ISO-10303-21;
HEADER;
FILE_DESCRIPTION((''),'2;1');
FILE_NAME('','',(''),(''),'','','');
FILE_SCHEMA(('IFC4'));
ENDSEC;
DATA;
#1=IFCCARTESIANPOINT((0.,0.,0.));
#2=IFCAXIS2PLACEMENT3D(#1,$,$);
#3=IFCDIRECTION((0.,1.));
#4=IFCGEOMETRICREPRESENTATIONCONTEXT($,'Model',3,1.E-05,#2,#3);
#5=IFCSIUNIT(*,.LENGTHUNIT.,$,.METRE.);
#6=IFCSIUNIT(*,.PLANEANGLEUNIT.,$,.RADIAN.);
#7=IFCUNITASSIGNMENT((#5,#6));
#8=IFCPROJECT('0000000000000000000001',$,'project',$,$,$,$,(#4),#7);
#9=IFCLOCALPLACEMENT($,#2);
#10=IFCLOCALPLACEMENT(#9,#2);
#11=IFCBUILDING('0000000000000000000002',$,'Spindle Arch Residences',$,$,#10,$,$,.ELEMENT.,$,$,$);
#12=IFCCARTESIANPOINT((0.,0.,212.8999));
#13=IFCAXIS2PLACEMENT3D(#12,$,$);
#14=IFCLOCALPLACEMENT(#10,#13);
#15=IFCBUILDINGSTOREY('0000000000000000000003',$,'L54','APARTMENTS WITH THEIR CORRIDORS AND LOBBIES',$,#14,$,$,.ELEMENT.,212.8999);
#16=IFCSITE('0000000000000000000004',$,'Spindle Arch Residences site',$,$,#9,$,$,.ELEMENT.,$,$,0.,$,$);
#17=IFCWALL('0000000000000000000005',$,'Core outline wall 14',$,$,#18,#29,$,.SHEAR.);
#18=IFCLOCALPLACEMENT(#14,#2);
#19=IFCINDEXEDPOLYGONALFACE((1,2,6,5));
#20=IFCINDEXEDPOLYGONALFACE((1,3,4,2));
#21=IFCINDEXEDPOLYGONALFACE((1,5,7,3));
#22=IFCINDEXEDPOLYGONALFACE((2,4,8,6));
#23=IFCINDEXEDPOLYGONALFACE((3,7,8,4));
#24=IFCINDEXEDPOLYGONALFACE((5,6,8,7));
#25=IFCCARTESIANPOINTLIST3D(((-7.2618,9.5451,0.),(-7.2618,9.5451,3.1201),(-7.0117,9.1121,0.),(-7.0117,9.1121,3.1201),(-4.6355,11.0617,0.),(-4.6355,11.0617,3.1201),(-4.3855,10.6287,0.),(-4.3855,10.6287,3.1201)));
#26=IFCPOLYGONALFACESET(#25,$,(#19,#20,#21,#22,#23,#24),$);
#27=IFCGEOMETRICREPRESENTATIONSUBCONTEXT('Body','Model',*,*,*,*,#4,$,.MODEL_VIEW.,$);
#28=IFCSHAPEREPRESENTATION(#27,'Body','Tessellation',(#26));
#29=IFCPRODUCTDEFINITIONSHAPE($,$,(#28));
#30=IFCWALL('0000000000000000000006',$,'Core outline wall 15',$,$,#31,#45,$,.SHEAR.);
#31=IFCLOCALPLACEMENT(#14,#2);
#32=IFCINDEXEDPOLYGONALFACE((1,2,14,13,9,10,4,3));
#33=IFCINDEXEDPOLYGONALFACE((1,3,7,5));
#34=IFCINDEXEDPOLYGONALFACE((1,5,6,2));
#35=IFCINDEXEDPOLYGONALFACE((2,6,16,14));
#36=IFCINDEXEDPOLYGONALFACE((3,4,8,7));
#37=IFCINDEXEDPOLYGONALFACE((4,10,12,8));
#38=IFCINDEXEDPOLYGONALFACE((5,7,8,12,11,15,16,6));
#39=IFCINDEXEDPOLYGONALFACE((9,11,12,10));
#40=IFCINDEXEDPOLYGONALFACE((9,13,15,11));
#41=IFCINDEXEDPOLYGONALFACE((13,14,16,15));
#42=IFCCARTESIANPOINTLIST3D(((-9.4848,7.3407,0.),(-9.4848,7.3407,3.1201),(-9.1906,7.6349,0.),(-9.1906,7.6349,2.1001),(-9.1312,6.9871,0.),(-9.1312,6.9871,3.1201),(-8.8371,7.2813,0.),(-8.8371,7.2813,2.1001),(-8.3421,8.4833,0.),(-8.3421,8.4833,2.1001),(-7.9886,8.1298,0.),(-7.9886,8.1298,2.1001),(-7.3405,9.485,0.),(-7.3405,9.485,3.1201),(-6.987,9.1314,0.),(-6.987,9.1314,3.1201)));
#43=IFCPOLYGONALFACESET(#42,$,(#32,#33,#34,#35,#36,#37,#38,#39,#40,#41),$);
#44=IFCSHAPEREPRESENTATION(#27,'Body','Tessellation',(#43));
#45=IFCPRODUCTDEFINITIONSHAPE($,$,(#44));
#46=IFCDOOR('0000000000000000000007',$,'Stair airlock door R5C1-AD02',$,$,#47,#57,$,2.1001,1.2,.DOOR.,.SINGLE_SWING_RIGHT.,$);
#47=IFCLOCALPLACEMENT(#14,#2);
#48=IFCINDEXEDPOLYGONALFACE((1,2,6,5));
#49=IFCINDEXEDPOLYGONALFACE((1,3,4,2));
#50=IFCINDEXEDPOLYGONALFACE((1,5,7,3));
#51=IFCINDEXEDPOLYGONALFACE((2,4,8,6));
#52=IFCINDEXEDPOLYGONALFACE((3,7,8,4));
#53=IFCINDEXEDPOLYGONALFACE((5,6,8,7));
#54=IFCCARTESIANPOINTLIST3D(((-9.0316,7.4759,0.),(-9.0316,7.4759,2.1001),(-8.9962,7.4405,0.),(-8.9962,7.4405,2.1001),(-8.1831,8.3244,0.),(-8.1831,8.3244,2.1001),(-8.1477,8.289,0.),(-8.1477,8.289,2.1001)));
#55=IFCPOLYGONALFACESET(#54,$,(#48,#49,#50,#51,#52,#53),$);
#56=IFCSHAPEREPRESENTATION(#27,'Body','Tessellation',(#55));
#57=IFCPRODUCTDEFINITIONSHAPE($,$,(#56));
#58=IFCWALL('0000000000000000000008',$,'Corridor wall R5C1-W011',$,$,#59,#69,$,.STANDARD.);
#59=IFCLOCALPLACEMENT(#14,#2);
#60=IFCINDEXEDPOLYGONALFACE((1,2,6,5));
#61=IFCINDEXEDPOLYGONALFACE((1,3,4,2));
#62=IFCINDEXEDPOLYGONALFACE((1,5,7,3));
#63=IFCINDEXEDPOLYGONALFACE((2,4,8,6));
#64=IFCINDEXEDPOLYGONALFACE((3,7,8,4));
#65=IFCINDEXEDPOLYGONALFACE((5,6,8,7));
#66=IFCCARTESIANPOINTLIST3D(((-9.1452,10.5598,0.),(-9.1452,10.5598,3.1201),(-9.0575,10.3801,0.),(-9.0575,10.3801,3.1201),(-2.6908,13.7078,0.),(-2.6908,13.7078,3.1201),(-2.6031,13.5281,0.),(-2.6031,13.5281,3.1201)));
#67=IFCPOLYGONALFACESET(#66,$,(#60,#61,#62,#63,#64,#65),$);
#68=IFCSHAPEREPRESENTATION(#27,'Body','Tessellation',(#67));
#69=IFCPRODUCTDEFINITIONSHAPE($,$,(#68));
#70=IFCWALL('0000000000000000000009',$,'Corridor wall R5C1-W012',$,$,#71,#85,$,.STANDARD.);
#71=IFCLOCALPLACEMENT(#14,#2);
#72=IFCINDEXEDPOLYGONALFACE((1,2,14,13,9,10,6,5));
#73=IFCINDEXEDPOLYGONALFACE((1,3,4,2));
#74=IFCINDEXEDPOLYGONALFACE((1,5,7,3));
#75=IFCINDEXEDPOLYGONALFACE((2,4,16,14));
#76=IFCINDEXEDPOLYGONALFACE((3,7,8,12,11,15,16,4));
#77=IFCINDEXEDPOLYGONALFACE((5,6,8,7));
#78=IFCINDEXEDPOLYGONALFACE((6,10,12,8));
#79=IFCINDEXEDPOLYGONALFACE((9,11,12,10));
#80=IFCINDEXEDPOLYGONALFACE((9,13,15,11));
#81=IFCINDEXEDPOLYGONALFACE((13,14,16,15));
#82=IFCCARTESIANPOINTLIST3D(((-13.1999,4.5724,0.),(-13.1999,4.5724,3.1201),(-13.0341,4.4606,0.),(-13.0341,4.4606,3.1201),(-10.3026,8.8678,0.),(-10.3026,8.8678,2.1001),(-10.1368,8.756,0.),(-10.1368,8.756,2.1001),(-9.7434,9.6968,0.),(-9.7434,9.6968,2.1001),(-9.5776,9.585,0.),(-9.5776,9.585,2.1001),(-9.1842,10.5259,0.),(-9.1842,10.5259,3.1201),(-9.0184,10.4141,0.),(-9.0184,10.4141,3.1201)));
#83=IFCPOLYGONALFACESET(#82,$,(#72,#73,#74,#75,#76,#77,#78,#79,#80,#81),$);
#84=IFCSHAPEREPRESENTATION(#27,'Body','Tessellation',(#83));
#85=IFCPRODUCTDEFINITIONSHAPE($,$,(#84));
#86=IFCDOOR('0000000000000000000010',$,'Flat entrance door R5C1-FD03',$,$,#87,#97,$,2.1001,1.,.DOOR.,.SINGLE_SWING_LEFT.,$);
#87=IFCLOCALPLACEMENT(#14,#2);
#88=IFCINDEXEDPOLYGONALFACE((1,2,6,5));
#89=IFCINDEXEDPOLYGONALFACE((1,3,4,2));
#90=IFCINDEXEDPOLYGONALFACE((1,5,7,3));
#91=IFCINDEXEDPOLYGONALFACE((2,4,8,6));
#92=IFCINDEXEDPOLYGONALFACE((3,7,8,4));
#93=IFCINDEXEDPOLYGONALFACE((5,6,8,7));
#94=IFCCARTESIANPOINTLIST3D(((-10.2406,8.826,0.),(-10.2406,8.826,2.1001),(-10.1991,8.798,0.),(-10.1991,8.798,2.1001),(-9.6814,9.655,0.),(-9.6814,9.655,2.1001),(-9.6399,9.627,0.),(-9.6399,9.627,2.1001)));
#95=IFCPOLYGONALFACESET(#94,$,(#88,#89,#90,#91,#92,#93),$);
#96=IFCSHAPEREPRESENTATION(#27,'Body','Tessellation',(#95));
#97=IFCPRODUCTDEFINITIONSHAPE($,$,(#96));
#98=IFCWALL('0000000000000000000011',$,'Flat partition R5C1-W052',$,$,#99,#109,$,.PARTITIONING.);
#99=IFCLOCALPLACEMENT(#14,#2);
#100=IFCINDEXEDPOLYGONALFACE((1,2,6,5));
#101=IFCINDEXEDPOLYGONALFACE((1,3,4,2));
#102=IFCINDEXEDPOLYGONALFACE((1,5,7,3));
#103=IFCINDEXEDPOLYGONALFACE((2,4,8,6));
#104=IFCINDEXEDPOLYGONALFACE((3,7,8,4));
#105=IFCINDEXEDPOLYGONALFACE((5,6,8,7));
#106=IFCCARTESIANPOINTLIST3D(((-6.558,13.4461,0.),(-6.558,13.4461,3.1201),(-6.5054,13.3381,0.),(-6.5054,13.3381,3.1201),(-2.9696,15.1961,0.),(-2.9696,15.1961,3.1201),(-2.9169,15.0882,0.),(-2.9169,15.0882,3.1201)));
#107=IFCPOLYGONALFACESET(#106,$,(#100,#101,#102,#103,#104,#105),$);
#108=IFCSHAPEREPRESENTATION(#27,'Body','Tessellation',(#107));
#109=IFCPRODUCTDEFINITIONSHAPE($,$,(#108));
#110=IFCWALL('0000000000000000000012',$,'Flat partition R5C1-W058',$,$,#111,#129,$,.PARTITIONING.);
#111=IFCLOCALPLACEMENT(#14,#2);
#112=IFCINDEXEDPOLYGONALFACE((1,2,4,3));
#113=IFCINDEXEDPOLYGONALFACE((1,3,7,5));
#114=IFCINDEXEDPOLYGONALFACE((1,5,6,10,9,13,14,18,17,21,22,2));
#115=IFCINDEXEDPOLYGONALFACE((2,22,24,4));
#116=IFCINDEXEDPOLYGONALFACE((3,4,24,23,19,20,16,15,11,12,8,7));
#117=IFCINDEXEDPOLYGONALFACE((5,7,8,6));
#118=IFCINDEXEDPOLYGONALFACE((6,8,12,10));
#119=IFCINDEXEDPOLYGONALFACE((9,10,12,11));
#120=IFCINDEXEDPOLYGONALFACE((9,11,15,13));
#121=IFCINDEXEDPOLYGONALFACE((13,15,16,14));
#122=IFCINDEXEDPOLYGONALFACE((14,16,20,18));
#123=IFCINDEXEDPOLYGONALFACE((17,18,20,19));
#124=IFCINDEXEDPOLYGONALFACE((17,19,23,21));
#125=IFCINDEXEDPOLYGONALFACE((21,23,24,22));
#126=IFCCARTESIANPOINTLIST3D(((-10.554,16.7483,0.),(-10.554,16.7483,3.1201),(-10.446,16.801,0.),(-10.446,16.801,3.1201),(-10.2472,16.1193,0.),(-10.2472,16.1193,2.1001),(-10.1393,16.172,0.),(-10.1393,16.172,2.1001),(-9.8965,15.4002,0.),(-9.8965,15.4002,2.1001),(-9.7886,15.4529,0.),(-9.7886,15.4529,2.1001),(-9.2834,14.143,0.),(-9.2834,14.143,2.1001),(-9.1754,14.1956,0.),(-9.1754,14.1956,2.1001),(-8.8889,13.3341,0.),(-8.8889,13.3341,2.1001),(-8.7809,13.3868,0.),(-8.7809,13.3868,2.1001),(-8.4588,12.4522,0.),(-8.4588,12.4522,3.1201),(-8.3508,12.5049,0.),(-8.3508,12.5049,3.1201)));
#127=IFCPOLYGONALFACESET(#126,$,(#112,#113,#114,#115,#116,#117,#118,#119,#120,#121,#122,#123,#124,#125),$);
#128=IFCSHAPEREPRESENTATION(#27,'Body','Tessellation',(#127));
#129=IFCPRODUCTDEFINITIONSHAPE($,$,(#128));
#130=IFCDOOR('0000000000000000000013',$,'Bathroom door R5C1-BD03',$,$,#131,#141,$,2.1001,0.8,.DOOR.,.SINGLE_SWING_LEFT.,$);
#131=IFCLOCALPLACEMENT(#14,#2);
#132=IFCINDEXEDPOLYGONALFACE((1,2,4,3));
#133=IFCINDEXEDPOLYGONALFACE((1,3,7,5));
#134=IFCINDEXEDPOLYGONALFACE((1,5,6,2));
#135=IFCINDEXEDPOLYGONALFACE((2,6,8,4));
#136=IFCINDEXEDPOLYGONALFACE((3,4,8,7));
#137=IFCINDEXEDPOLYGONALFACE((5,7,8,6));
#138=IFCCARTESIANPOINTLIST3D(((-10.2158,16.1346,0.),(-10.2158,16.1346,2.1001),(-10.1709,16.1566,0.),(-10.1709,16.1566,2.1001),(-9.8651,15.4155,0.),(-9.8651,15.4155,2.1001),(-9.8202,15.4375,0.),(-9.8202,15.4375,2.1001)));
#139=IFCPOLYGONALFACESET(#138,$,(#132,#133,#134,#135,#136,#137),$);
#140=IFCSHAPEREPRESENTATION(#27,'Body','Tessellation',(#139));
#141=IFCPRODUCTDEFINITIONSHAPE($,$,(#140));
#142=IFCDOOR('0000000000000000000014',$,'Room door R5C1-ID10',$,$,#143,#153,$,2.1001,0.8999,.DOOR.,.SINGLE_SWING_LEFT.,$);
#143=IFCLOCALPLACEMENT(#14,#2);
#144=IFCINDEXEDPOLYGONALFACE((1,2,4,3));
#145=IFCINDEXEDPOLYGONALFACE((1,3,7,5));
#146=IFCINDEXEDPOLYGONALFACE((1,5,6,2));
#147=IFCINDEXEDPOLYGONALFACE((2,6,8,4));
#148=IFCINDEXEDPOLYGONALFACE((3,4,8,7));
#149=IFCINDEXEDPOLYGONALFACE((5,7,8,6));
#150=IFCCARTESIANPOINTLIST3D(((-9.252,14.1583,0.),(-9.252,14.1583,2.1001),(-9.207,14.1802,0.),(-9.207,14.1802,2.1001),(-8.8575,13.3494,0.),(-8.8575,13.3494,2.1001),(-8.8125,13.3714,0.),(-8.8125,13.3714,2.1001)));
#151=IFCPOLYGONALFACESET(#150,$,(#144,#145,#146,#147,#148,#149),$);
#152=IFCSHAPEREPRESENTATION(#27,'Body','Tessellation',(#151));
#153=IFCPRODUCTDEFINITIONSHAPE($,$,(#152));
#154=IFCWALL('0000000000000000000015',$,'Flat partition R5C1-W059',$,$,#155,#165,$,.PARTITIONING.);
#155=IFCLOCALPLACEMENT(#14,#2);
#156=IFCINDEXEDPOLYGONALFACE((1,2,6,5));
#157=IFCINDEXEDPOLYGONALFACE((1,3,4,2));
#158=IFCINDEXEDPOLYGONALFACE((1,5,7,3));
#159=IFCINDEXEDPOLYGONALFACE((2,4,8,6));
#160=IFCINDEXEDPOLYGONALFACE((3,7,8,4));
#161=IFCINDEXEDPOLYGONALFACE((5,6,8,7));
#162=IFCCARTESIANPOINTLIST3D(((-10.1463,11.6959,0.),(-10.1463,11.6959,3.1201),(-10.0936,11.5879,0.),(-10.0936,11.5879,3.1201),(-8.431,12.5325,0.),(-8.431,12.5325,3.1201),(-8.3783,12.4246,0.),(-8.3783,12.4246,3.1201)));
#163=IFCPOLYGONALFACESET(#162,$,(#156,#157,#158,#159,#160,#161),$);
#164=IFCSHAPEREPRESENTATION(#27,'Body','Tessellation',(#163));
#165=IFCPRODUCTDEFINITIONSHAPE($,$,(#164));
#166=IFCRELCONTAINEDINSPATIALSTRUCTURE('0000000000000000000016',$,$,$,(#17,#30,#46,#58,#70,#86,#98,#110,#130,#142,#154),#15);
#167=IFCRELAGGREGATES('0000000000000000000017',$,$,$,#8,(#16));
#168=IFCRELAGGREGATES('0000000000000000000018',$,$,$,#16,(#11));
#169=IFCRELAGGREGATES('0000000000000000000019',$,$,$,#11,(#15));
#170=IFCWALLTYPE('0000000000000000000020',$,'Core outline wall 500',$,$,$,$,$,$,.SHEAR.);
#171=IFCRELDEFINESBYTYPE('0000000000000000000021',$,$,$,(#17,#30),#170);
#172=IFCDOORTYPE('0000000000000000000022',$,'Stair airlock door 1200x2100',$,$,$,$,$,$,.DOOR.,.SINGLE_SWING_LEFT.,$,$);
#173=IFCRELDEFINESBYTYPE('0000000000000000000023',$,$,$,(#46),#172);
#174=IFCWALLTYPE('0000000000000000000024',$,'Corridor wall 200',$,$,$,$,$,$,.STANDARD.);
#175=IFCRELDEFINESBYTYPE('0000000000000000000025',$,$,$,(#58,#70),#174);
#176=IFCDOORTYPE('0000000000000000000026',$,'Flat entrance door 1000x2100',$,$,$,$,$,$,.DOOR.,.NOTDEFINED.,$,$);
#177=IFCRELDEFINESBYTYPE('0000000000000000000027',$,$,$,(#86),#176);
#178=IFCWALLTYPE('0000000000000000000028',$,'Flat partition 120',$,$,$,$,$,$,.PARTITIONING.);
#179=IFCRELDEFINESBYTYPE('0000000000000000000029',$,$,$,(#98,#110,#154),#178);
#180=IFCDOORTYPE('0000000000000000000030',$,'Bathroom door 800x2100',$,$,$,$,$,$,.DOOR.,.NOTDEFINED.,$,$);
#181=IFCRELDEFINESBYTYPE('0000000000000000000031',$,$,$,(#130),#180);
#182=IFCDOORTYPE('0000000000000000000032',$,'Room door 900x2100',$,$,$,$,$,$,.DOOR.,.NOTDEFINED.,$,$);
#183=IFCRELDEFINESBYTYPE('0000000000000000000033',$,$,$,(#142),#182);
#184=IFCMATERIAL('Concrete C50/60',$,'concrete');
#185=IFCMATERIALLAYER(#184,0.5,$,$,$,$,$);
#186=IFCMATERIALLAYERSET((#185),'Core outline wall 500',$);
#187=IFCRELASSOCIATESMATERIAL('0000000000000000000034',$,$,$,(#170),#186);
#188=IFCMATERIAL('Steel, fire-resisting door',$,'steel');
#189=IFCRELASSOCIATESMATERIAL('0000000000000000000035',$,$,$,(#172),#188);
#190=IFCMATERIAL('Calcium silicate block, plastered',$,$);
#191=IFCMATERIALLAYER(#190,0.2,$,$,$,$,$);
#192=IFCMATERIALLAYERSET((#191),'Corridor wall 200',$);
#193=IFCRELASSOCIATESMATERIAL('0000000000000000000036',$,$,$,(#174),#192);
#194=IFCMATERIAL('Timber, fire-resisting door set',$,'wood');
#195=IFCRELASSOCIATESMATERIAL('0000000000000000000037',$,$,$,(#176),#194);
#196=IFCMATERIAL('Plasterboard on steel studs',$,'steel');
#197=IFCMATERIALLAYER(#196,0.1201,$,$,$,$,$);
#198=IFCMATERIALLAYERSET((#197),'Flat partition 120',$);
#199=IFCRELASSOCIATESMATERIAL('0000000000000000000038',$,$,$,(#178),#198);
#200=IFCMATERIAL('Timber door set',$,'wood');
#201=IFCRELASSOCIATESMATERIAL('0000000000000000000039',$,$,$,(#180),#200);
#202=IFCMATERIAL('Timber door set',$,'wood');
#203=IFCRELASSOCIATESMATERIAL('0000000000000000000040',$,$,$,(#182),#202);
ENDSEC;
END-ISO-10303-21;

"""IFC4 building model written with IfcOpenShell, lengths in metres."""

from ifc_helpers import new_model, si_unit, direction, frame, frame_2d, origin, place, context, subcontext, project, spatial, rectangle, extrude, material, layer, layer_set, type_object, element, fill, save


model = new_model("IFC4")

# Units and contexts
model_context = context("Model", 3, precision=1e-05, world=origin(), true_north=direction((0.0, 1.0)))
body_context = subcontext(model_context, "Body", "Model", "MODEL_VIEW")
ifc_project = project(units=[si_unit("LENGTHUNIT", "METRE"), si_unit("PLANEANGLEUNIT", "RADIAN")], contexts=[model_context])

# Site, building, storey
site_placement = place(None, origin())
site = spatial("IfcSite", under=ifc_project, at=site_placement, Name="Spindle Arch Residences site", CompositionType="ELEMENT", RefElevation=0.0)
building_placement = place(site_placement, origin())
building = spatial("IfcBuilding", under=site, at=building_placement, Name="Spindle Arch Residences", CompositionType="ELEMENT")
storey_placement = place(building_placement, frame((0.0, 0.0, 212.8999)))
storey = spatial("IfcBuildingStorey", under=building, at=storey_placement, Name="L54", Description="APARTMENTS WITH THEIR CORRIDORS AND LOBBIES", CompositionType="ELEMENT", Elevation=212.8999)

# Wall
ifc_material_1 = material(Name="Concrete C50/60", Category="concrete")
ifc_layer_1 = layer(ifc_material_1, 0.5)
ifc_layer_set_1 = layer_set([ifc_layer_1], Name="Core outline wall 500")
wall_type_1 = type_object("IfcWallType", Name="Core outline wall 500", PredefinedType="SHEAR", material=ifc_layer_set_1)
wall_1_placement = place(storey_placement, frame((-4.5105, 10.8452, 0.0), z_axis=(0.0, 0.0, 1.0), x_axis=(-0.865975, -0.500087, 0.0)))
element("IfcWall", 1, at=wall_1_placement, inside=storey, type_object=wall_type_1, Name="Core outline wall 14", PredefinedType="SHEAR", context=body_context, shape_type="SweptSolid", body=[
    extrude(rectangle(XDim=3.0327, YDim=0.5, at=frame_2d((1.5164, 0.0))), origin(), (0.0, 0.0, 1.0), 3.1201),
])

# Wall, opening, door
wall_2_placement = place(storey_placement, frame((-7.1638, 9.3081, 0.0), z_axis=(0.0, 0.0, 1.0), x_axis=(-0.707107, -0.707107, 0.0)))
wall_2 = element("IfcWall", 2, at=wall_2_placement, inside=storey, type_object=wall_type_1, Name="Core outline wall 15", PredefinedType="SHEAR", context=body_context, shape_type="SweptSolid", body=[
    extrude(rectangle(XDim=3.0325, YDim=0.5, at=frame_2d((1.5161, 0.0))), origin(), (0.0, 0.0, 1.0), 3.1201),
])
opening_1_placement = place(wall_2_placement, frame((1.4163, 0.0, 0.0)))
opening_1 = element("IfcOpeningElement", 3, at=opening_1_placement, cuts=wall_2, PredefinedType="OPENING", context=body_context, shape_type="SweptSolid", body=[
    extrude(rectangle(XDim=1.2, YDim=2.1001, at=frame_2d((0.6001, 1.05))), frame((0.0, 0.26, 0.0), z_axis=(0.0, -1.0, 0.0), x_axis=(1.0, 0.0, 0.0)), (0.0, 0.0, 1.0), 0.52),
])
ifc_material_2 = material(Name="Steel, fire-resisting door", Category="steel")
door_type_1 = type_object("IfcDoorType", Name="Stair airlock door 1200x2100", OperationType="SINGLE_SWING_LEFT", PredefinedType="DOOR", material=ifc_material_2)
door_1_placement = place(opening_1_placement, origin())
door_1 = element("IfcDoor", 4, at=door_1_placement, inside=storey, type_object=door_type_1, Name="Stair airlock door R5C1-AD02", OperationType="SINGLE_SWING_RIGHT", OverallHeight=2.1001, OverallWidth=1.2, PredefinedType="DOOR", context=body_context, shape_type="SweptSolid", body=[
    extrude(rectangle(XDim=1.2, YDim=2.1001, at=frame_2d((0.6001, 1.05))), frame((0.0, 0.0249, 0.0), z_axis=(0.0, -1.0, 0.0), x_axis=(1.0, 0.0, 0.0)), (0.0, 0.0, 1.0), 0.05),
])
fill(opening_1, door_1)

# Wall
ifc_material_3 = material(Name="Calcium silicate block, plastered")
ifc_layer_2 = layer(ifc_material_3, 0.2)
ifc_layer_set_2 = layer_set([ifc_layer_2], Name="Corridor wall 200")
wall_type_2 = type_object("IfcWallType", Name="Corridor wall 200", PredefinedType="STANDARD", material=ifc_layer_set_2)
wall_3_placement = place(storey_placement, frame((-2.647, 13.6179, 0.0), z_axis=(0.0, 0.0, 1.0), x_axis=(-0.898797, -0.438366, 0.0)))
element("IfcWall", 5, at=wall_3_placement, inside=storey, type_object=wall_type_2, Name="Corridor wall R5C1-W011", PredefinedType="STANDARD", context=body_context, shape_type="SweptSolid", body=[
    extrude(rectangle(XDim=7.1812, YDim=0.2, at=frame_2d((3.5906, 0.0))), origin(), (0.0, 0.0, 1.0), 3.1201),
])

# Wall, opening, door
wall_4_placement = place(storey_placement, frame((-9.1013, 10.47, 0.0), z_axis=(0.0, 0.0, 1.0), x_axis=(-0.559195, -0.829036, 0.0)))
wall_4 = element("IfcWall", 6, at=wall_4_placement, inside=storey, type_object=wall_type_2, Name="Corridor wall R5C1-W012", PredefinedType="STANDARD", context=body_context, shape_type="SweptSolid", body=[
    extrude(rectangle(XDim=7.1812, YDim=0.2, at=frame_2d((3.5906, 0.0))), origin(), (0.0, 0.0, 1.0), 3.1201),
])
opening_2_placement = place(wall_4_placement, frame((1.0, 0.0, 0.0)))
opening_2 = element("IfcOpeningElement", 7, at=opening_2_placement, cuts=wall_4, PredefinedType="OPENING", context=body_context, shape_type="SweptSolid", body=[
    extrude(rectangle(XDim=1.0, YDim=2.1001, at=frame_2d((0.5, 1.05))), frame((0.0, 0.1099, 0.0), z_axis=(0.0, -1.0, 0.0), x_axis=(1.0, 0.0, 0.0)), (0.0, 0.0, 1.0), 0.22),
])
ifc_material_4 = material(Name="Timber, fire-resisting door set", Category="wood")
door_type_2 = type_object("IfcDoorType", Name="Flat entrance door 1000x2100", OperationType="NOTDEFINED", PredefinedType="DOOR", material=ifc_material_4)
door_2_placement = place(opening_2_placement, origin())
door_2 = element("IfcDoor", 8, at=door_2_placement, inside=storey, type_object=door_type_2, Name="Flat entrance door R5C1-FD03", OperationType="SINGLE_SWING_LEFT", OverallHeight=2.1001, OverallWidth=1.0, PredefinedType="DOOR", context=body_context, shape_type="SweptSolid", body=[
    extrude(rectangle(XDim=1.0, YDim=2.1001, at=frame_2d((0.5, 1.05))), frame((0.0, 0.0249, 0.0), z_axis=(0.0, -1.0, 0.0), x_axis=(1.0, 0.0, 0.0)), (0.0, 0.0, 1.0), 0.05),
])
fill(opening_2, door_2)

# Wall
ifc_material_5 = material(Name="Plasterboard on steel studs", Category="steel")
ifc_layer_3 = layer(ifc_material_5, 0.1201)
ifc_layer_set_3 = layer_set([ifc_layer_3], Name="Flat partition 120")
wall_type_3 = type_object("IfcWallType", Name="Flat partition 120", PredefinedType="PARTITIONING", material=ifc_layer_set_3)
wall_5_placement = place(storey_placement, frame((-2.9434, 15.1421, 0.0), z_axis=(0.0, 0.0, 1.0), x_axis=(-0.898811, -0.438337, 0.0)))
element("IfcWall", 9, at=wall_5_placement, inside=storey, type_object=wall_type_3, Name="Flat partition R5C1-W052", PredefinedType="PARTITIONING", context=body_context, shape_type="SweptSolid", body=[
    extrude(rectangle(XDim=3.9924, YDim=0.1201, at=frame_2d((1.9961, 0.0))), origin(), (0.0, 0.0, 1.0), 3.1201),
])

# Wall, openings, doors
wall_6_placement = place(storey_placement, frame((-10.5, 16.7747, 0.0), z_axis=(0.0, 0.0, 1.0), x_axis=(0.438345, -0.898807, 0.0)))
wall_6 = element("IfcWall", 10, at=wall_6_placement, inside=storey, type_object=wall_type_3, Name="Flat partition R5C1-W058", PredefinedType="PARTITIONING", context=body_context, shape_type="SweptSolid", body=[
    extrude(rectangle(XDim=4.7798, YDim=0.1201, at=frame_2d((2.3899, 0.0))), origin(), (0.0, 0.0, 1.0), 3.1201),
])
opening_3_placement = place(wall_6_placement, frame((0.7, 0.0, 0.0)))
opening_3 = element("IfcOpeningElement", 11, at=opening_3_placement, cuts=wall_6, PredefinedType="OPENING", context=body_context, shape_type="SweptSolid", body=[
    extrude(rectangle(XDim=0.8, YDim=2.1001, at=frame_2d((0.3999, 1.05))), frame((0.0, 0.0701, 0.0), z_axis=(0.0, -1.0, 0.0), x_axis=(1.0, 0.0, 0.0)), (0.0, 0.0, 1.0), 0.1401),
])
opening_4_placement = place(wall_6_placement, frame((2.8987, 0.0, 0.0)))
opening_4 = element("IfcOpeningElement", 12, at=opening_4_placement, cuts=wall_6, PredefinedType="OPENING", context=body_context, shape_type="SweptSolid", body=[
    extrude(rectangle(XDim=0.8999, YDim=2.1001, at=frame_2d((0.45, 1.05))), frame((0.0, 0.0701, 0.0), z_axis=(0.0, -1.0, 0.0), x_axis=(1.0, 0.0, 0.0)), (0.0, 0.0, 1.0), 0.1401),
])
ifc_material_6 = material(Name="Timber door set", Category="wood")
door_type_3 = type_object("IfcDoorType", Name="Bathroom door 800x2100", OperationType="NOTDEFINED", PredefinedType="DOOR", material=ifc_material_6)
door_3_placement = place(opening_3_placement, origin())
door_3 = element("IfcDoor", 13, at=door_3_placement, inside=storey, type_object=door_type_3, Name="Bathroom door R5C1-BD03", OperationType="SINGLE_SWING_LEFT", OverallHeight=2.1001, OverallWidth=0.8, PredefinedType="DOOR", context=body_context, shape_type="SweptSolid", body=[
    extrude(rectangle(XDim=0.8, YDim=2.1001, at=frame_2d((0.3999, 1.05))), frame((0.0, 0.0249, 0.0), z_axis=(0.0, -1.0, 0.0), x_axis=(1.0, 0.0, 0.0)), (0.0, 0.0, 1.0), 0.05),
])
fill(opening_3, door_3)
ifc_material_7 = material(Name="Timber door set", Category="wood")
door_type_4 = type_object("IfcDoorType", Name="Room door 900x2100", OperationType="NOTDEFINED", PredefinedType="DOOR", material=ifc_material_7)
door_4_placement = place(opening_4_placement, origin())
door_4 = element("IfcDoor", 14, at=door_4_placement, inside=storey, type_object=door_type_4, Name="Room door R5C1-ID10", OperationType="SINGLE_SWING_LEFT", OverallHeight=2.1001, OverallWidth=0.8999, PredefinedType="DOOR", context=body_context, shape_type="SweptSolid", body=[
    extrude(rectangle(XDim=0.8999, YDim=2.1001, at=frame_2d((0.45, 1.05))), frame((0.0, 0.0249, 0.0), z_axis=(0.0, -1.0, 0.0), x_axis=(1.0, 0.0, 0.0)), (0.0, 0.0, 1.0), 0.05),
])
fill(opening_4, door_4)

# Wall
wall_7_placement = place(storey_placement, frame((-8.4048, 12.4785, 0.0), z_axis=(0.0, 0.0, 1.0), x_axis=(-0.898784, -0.438391, 0.0)))
element("IfcWall", 15, at=wall_7_placement, inside=storey, type_object=wall_type_3, Name="Flat partition R5C1-W059", PredefinedType="PARTITIONING", context=body_context, shape_type="SweptSolid", body=[
    extrude(rectangle(XDim=1.9084, YDim=0.1201, at=frame_2d((0.9541, 0.0))), origin(), (0.0, 0.0, 1.0), 3.1201),
])

save(model, "model.ifc")
